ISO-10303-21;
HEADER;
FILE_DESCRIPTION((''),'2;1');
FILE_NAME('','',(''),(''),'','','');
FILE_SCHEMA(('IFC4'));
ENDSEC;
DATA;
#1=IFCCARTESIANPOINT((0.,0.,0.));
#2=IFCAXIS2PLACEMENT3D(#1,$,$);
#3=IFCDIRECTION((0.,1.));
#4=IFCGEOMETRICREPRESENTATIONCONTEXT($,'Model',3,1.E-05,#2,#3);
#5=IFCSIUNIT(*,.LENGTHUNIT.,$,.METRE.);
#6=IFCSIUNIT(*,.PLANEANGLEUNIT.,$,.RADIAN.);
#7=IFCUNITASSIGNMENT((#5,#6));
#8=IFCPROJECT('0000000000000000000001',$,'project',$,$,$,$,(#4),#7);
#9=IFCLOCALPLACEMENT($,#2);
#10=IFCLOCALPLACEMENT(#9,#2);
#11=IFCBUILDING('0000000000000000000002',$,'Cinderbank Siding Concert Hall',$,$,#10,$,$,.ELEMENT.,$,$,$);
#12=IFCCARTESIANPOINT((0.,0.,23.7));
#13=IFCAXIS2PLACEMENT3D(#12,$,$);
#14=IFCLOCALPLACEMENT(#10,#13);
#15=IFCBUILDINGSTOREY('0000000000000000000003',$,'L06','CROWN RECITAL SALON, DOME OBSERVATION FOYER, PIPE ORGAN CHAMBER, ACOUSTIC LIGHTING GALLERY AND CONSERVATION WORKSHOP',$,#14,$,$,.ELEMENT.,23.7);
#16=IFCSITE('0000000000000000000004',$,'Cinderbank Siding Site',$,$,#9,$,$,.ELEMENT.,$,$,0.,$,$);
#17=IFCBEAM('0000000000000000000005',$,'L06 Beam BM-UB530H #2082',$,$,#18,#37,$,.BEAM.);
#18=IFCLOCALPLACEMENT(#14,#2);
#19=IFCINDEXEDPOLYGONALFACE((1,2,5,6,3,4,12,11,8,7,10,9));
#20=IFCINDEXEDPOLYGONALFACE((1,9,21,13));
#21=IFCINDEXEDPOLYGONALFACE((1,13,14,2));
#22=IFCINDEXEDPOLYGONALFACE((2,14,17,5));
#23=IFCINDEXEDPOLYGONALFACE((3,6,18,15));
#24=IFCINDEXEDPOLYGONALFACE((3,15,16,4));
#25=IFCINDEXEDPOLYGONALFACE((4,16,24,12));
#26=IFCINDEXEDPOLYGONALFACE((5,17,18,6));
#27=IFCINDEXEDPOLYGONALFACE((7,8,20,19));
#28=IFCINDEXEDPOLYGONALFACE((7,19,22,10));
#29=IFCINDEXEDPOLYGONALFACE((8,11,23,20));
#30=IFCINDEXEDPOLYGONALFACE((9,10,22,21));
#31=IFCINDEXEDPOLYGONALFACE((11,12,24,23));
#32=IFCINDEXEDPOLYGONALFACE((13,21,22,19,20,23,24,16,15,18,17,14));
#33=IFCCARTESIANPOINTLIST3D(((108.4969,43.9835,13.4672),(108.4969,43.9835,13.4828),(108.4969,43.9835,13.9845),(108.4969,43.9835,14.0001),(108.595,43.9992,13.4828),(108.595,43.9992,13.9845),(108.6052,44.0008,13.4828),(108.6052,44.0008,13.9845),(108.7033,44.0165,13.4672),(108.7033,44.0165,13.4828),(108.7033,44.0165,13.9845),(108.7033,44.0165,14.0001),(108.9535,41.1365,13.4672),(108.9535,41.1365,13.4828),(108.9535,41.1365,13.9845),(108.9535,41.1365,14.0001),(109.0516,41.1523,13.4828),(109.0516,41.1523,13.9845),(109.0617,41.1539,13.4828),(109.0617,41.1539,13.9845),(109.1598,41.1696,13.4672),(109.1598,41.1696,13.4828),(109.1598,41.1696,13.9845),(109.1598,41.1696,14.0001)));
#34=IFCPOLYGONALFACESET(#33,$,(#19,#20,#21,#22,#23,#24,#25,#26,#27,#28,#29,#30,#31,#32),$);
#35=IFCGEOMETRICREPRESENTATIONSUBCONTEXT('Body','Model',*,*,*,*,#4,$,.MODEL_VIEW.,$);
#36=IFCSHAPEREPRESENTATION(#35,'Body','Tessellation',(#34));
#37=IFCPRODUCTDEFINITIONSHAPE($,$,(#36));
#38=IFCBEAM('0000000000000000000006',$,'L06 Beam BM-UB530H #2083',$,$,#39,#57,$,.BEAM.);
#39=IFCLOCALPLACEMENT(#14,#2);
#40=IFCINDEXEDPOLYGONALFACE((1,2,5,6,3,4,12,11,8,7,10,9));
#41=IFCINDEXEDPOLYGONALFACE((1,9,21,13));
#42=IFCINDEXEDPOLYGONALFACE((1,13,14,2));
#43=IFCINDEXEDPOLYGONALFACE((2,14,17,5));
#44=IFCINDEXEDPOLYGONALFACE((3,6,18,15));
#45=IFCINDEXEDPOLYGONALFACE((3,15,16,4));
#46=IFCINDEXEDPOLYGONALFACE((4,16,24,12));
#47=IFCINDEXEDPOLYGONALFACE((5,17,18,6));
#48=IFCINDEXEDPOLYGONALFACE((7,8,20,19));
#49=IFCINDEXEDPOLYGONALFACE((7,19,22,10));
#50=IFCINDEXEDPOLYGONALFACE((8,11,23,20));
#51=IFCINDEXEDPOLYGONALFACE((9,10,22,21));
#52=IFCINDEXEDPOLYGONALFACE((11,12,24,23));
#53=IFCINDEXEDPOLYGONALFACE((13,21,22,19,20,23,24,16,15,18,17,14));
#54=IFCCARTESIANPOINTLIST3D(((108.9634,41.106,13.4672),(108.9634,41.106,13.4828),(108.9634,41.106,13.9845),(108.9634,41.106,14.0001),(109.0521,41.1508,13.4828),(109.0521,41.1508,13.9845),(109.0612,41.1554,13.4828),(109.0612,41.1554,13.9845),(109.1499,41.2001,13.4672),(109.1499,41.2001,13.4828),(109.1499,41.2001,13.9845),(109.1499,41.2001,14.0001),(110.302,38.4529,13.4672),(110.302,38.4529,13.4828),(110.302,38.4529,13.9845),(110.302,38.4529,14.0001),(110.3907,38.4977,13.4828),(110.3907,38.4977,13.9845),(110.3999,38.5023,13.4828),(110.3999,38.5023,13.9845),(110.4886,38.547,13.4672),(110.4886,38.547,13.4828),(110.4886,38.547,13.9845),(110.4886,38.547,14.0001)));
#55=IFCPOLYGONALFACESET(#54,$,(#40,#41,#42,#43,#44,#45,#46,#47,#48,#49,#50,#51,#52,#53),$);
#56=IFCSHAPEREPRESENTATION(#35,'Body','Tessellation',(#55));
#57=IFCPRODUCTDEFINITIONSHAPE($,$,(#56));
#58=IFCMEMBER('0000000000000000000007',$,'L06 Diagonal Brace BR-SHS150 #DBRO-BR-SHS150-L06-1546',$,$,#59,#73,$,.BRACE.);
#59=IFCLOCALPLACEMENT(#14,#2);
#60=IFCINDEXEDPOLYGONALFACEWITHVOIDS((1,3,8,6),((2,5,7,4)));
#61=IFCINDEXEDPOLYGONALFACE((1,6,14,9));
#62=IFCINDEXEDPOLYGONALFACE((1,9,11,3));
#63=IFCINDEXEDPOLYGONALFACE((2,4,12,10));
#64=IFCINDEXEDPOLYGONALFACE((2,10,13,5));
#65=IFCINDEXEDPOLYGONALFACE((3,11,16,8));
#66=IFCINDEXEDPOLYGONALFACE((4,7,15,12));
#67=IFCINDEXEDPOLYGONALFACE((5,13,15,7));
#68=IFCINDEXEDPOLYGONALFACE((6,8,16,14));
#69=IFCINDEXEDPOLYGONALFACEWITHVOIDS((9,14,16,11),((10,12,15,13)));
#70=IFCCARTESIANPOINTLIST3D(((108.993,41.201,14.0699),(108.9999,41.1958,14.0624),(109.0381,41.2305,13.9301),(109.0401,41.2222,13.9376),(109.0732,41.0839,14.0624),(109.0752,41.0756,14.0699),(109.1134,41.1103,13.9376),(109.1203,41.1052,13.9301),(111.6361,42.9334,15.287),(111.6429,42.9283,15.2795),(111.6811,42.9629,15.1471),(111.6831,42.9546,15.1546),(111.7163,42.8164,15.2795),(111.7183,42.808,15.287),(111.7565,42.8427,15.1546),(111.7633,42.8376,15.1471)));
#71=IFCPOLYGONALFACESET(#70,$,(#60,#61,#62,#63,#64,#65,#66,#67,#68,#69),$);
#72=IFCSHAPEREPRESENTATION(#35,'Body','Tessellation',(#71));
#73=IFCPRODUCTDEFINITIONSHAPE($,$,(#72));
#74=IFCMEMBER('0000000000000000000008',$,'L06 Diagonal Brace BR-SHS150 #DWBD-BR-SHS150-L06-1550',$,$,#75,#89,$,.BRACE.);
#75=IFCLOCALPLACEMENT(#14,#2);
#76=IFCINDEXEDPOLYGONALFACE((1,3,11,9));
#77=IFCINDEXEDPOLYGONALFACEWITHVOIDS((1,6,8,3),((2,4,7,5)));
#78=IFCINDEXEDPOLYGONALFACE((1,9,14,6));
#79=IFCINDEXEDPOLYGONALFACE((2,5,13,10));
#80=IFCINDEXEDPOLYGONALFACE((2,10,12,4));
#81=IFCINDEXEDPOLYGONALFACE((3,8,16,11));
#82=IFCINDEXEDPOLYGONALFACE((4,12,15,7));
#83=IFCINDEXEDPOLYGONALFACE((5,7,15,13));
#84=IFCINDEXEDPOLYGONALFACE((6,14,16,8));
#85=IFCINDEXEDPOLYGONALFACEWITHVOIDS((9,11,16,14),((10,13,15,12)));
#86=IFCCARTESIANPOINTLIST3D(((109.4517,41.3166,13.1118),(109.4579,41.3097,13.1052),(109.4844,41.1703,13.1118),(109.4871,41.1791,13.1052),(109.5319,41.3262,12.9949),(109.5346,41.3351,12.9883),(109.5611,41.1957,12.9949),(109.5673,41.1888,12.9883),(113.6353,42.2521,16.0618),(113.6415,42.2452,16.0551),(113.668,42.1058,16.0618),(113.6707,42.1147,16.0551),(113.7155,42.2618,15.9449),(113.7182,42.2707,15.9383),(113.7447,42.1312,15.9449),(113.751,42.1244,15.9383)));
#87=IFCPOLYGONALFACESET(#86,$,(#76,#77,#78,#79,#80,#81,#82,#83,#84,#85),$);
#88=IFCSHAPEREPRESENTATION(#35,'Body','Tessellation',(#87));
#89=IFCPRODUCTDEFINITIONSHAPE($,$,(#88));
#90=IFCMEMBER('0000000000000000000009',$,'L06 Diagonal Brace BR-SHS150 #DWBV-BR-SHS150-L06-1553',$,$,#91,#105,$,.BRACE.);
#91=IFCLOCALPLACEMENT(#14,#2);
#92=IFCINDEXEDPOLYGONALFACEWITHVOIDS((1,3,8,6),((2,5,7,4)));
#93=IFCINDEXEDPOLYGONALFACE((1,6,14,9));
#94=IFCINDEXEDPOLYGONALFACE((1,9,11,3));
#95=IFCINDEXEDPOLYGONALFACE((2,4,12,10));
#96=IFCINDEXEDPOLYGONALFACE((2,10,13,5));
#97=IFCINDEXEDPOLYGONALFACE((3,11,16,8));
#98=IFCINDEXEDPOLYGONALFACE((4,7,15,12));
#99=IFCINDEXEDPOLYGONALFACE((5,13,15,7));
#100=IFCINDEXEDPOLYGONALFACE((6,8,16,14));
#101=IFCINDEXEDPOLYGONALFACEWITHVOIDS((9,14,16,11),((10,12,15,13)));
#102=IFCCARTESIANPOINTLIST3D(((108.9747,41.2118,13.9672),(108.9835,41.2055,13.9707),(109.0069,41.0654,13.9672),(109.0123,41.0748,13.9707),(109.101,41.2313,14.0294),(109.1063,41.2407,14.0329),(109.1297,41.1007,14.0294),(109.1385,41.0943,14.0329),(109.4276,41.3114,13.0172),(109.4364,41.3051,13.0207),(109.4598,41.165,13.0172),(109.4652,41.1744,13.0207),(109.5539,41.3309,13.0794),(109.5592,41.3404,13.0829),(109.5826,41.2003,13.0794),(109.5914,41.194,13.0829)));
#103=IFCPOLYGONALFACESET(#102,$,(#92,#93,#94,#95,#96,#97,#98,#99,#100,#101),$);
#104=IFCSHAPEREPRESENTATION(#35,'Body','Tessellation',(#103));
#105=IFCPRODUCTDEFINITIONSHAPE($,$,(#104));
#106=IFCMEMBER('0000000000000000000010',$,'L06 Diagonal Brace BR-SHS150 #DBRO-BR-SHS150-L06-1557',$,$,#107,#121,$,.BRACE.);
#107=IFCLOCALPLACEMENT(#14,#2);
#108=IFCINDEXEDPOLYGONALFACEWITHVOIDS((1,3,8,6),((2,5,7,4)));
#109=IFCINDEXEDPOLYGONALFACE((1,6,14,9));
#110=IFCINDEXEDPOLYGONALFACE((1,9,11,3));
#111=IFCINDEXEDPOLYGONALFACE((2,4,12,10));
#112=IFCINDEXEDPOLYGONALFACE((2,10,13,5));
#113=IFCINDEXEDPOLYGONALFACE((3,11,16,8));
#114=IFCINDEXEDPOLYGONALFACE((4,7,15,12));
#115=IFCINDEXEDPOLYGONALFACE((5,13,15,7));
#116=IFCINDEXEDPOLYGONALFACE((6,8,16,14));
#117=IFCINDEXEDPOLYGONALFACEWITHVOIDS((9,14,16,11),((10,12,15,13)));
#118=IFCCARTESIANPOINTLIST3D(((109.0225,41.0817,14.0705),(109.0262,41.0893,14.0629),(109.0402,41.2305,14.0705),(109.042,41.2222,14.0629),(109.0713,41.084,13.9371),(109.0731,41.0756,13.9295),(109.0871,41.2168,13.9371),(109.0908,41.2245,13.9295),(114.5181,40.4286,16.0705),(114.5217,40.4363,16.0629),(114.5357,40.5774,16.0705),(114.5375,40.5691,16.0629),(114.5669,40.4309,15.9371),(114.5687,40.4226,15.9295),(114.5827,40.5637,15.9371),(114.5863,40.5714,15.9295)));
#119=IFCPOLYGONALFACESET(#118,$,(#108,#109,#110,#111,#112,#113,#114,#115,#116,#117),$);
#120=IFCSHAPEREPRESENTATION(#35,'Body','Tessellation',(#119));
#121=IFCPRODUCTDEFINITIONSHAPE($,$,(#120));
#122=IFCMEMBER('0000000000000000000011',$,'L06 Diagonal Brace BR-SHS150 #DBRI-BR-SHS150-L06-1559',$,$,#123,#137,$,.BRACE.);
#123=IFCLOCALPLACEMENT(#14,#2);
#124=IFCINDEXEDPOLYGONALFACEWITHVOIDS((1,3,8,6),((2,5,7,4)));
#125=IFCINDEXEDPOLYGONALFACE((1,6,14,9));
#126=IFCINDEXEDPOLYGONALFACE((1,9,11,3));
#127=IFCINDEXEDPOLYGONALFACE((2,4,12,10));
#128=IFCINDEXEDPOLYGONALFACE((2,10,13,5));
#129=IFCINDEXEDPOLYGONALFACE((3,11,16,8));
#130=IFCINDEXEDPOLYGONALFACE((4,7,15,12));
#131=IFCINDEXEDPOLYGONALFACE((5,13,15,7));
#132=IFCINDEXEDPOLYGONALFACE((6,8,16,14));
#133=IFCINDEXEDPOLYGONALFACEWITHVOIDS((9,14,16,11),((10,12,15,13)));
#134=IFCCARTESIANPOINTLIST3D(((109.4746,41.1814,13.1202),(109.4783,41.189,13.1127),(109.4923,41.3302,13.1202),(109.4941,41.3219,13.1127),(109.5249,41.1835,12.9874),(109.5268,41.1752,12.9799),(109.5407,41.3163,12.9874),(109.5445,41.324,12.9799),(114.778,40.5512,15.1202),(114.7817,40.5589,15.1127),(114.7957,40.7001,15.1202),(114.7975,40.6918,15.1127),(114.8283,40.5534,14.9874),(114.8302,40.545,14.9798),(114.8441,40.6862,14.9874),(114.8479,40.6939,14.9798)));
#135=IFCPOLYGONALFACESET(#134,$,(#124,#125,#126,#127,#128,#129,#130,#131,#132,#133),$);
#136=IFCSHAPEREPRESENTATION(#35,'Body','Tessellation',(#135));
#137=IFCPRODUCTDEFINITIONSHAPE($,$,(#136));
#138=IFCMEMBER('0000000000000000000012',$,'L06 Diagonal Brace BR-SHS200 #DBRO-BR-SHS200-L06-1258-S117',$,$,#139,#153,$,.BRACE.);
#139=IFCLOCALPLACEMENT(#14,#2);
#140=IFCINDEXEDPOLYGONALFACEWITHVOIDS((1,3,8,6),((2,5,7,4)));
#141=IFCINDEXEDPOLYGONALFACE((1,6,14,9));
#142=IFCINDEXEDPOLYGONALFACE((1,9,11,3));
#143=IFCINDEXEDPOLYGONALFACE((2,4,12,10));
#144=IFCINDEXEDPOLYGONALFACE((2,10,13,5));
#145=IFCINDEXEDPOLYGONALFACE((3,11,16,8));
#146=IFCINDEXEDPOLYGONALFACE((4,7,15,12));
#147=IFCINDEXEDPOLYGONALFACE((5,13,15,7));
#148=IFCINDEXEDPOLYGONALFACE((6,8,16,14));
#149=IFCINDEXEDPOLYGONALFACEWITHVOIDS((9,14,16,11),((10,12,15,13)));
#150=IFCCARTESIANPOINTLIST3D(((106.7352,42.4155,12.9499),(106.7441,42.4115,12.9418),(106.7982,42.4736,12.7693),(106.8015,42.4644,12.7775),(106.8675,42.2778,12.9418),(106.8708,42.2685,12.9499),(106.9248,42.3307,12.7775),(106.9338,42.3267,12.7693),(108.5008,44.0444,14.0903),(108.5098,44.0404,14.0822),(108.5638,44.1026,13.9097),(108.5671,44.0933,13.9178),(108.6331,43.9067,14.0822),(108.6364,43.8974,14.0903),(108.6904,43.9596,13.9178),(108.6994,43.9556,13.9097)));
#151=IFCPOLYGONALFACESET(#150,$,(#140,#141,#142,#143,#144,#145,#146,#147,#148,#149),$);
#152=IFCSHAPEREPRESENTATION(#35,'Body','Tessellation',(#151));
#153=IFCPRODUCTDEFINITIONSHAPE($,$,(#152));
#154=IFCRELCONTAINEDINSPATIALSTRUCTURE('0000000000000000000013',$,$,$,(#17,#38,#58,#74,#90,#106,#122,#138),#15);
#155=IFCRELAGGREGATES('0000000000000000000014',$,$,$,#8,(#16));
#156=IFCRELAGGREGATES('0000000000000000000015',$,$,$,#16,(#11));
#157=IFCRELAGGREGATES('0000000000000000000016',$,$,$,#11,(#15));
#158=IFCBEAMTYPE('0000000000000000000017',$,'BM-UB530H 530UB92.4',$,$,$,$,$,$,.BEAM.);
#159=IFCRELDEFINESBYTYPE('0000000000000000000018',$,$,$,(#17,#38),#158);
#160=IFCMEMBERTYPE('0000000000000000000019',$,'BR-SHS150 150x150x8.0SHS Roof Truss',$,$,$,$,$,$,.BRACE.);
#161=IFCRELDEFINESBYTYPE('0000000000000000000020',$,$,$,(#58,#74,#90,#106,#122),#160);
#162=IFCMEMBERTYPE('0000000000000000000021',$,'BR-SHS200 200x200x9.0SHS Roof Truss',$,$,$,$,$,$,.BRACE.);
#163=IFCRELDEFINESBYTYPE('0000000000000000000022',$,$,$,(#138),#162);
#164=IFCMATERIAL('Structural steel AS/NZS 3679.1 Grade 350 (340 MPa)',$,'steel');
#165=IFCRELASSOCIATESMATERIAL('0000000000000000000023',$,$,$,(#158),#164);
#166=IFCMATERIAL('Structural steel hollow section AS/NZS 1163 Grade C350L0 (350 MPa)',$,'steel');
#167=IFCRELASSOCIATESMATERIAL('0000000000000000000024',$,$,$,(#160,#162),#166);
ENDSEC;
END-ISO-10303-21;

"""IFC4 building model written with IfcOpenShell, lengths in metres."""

from ifc_helpers import new_model, si_unit, direction, frame, origin, origin_2d, place, context, subcontext, project, spatial, hollow_rectangle, i_section, extrude, material, material_profile, profile_set, type_object, element, save


model = new_model("IFC4")

# Units and contexts
model_context = context("Model", 3, precision=1e-05, world=origin(), true_north=direction((0.0, 1.0)))
body_context = subcontext(model_context, "Body", "Model", "MODEL_VIEW")
ifc_project = project(units=[si_unit("LENGTHUNIT", "METRE"), si_unit("PLANEANGLEUNIT", "RADIAN")], contexts=[model_context])

# Site, building, storey
site_placement = place(None, origin())
site = spatial("IfcSite", under=ifc_project, at=site_placement, Name="Cinderbank Siding Site", CompositionType="ELEMENT", RefElevation=0.0)
building_placement = place(site_placement, origin())
building = spatial("IfcBuilding", under=site, at=building_placement, Name="Cinderbank Siding Concert Hall", CompositionType="ELEMENT")
storey_placement = place(building_placement, frame((0.0, 0.0, 23.7)))
storey = spatial("IfcBuildingStorey", under=building, at=storey_placement, Name="L06", Description="CROWN RECITAL SALON, DOME OBSERVATION FOYER, PIPE ORGAN CHAMBER, ACOUSTIC LIGHTING GALLERY AND CONSERVATION WORKSHOP", CompositionType="ELEMENT", Elevation=23.7)

# Beams
ifc_material_1 = material(Name="Structural steel AS/NZS 3679.1 Grade 350 (340 MPa)", Category="steel")
ifc_material_profile_1 = material_profile(ifc_material_1, i_section(OverallWidth=0.209, OverallDepth=0.533, WebThickness=0.0103, FlangeThickness=0.0156, at=origin_2d()), Name="530UB92.4", Category="LoadBearing")
ifc_profile_set_1 = profile_set([ifc_material_profile_1], Name="Structural steel AS/NZS 3679.1 Grade 350 (340 MPa)")
beam_type = type_object("IfcBeamType", Name="BM-UB530H 530UB92.4", PredefinedType="BEAM", material=ifc_profile_set_1)
beam_1_placement = place(storey_placement, frame((108.6001, 44.0, 13.7336), z_axis=(0.158341, -0.987385, 0.0), x_axis=(0.987385, 0.158341, 0.0)))
element("IfcBeam", 1, at=beam_1_placement, inside=storey, type_object=beam_type, Name="L06 Beam BM-UB530H #2082", PredefinedType="BEAM", context=body_context, shape_type="SweptSolid", body=[
    extrude(i_section(OverallWidth=0.209, OverallDepth=0.533, WebThickness=0.0103, FlangeThickness=0.0156, at=origin_2d()), origin(), (0.0, 0.0, 1.0), 2.8833),
])
beam_2_placement = place(storey_placement, frame((109.0566, 41.1531, 13.7336), z_axis=(0.450464, -0.892795, 0.0), x_axis=(0.892795, 0.450464, 0.0)))
element("IfcBeam", 2, at=beam_2_placement, inside=storey, type_object=beam_type, Name="L06 Beam BM-UB530H #2083", PredefinedType="BEAM", context=body_context, shape_type="SweptSolid", body=[
    extrude(i_section(OverallWidth=0.209, OverallDepth=0.533, WebThickness=0.0103, FlangeThickness=0.0156, at=origin_2d()), origin(), (0.0, 0.0, 1.0), 2.9717),
])

# Members
ifc_material_2 = material(Name="Structural steel hollow section AS/NZS 1163 Grade C350L0 (350 MPa)", Category="steel")
ifc_material_profile_2 = material_profile(ifc_material_2, hollow_rectangle(XDim=0.1499, YDim=0.1499, WallThickness=0.0081, at=origin_2d()), Name="150x150x8.0SHS", Category="LoadBearing")
ifc_profile_set_2 = profile_set([ifc_material_profile_2], Name="Structural steel hollow section AS/NZS 1163 Grade C350L0 (350 MPa)")
member_type_1 = type_object("IfcMemberType", Name="BR-SHS150 150x150x8.0SHS Roof Truss", PredefinedType="BRACE", material=ifc_profile_set_2)
member_1_placement = place(storey_placement, frame((109.0566, 41.1531, 14.0), z_axis=(0.780475, 0.511569, 0.359382), x_axis=(-0.548194, 0.836351, 0.0)))
element("IfcMember", 3, at=member_1_placement, inside=storey, type_object=member_type_1, Name="L06 Diagonal Brace BR-SHS150 #DBRO-BR-SHS150-L06-1546", PredefinedType="BRACE", context=body_context, shape_type="SweptSolid", body=[
    extrude(hollow_rectangle(XDim=0.1499, YDim=0.1499, WallThickness=0.0081, at=origin_2d()), origin(), (0.0, 0.0, 1.0), 3.3865),
])
member_2_placement = place(storey_placement, frame((109.5095, 41.2527, 13.05), z_axis=(0.803944, 0.17978, 0.56688), x_axis=(-0.218233, 0.975897, 0.0)))
element("IfcMember", 4, at=member_2_placement, inside=storey, type_object=member_type_1, Name="L06 Diagonal Brace BR-SHS150 #DWBD-BR-SHS150-L06-1550", PredefinedType="BRACE", context=body_context, shape_type="SweptSolid", body=[
    extrude(hollow_rectangle(XDim=0.1499, YDim=0.1499, WallThickness=0.0081, at=origin_2d()), origin(), (0.0, 0.0, 1.0), 5.2039),
])
member_3_placement = place(storey_placement, frame((109.5095, 41.2527, 13.05), z_axis=(-0.428424, -0.09423, 0.898651), x_axis=(0.214812, -0.976656, 0.0)))
element("IfcMember", 5, at=member_3_placement, inside=storey, type_object=member_type_1, Name="L06 Diagonal Brace BR-SHS150 #DWBV-BR-SHS150-L06-1553", PredefinedType="BRACE", context=body_context, shape_type="SweptSolid", body=[
    extrude(hollow_rectangle(XDim=0.1499, YDim=0.1499, WallThickness=0.0081, at=origin_2d()), origin(), (0.0, 0.0, 1.0), 1.0571),
])
member_4_placement = place(storey_placement, frame((109.0566, 41.1531, 14.0), z_axis=(0.933901, -0.110981, 0.339872), x_axis=(0.118006, 0.993013, 0.0)))
element("IfcMember", 6, at=member_4_placement, inside=storey, type_object=member_type_1, Name="L06 Diagonal Brace BR-SHS150 #DBRO-BR-SHS150-L06-1557", PredefinedType="BRACE", context=body_context, shape_type="SweptSolid", body=[
    extrude(hollow_rectangle(XDim=0.1499, YDim=0.1499, WallThickness=0.0081, at=origin_2d()), origin(), (0.0, 0.0, 1.0), 5.8845),
])
member_5_placement = place(storey_placement, frame((109.5095, 41.2527, 13.05), z_axis=(0.929949, -0.110491, 0.350695), x_axis=(0.117984, 0.993015, 0.0)))
element("IfcMember", 7, at=member_5_placement, inside=storey, type_object=member_type_1, Name="L06 Diagonal Brace BR-SHS150 #DBRI-BR-SHS150-L06-1559", PredefinedType="BRACE", context=body_context, shape_type="SweptSolid", body=[
    extrude(hollow_rectangle(XDim=0.1499, YDim=0.1499, WallThickness=0.0081, at=origin_2d()), origin(), (0.0, 0.0, 1.0), 5.7029),
])
ifc_material_profile_3 = material_profile(ifc_material_2, hollow_rectangle(XDim=0.2, YDim=0.2, WallThickness=0.009, at=origin_2d()), Name="200x200x9.0SHS", Category="LoadBearing")
ifc_profile_set_3 = profile_set([ifc_material_profile_3], Name="Structural steel hollow section AS/NZS 1163 Grade C350L0 (350 MPa)")
member_type_2 = type_object("IfcMemberType", Name="BR-SHS200 200x200x9.0SHS Roof Truss", PredefinedType="BRACE", material=ifc_profile_set_3)
member_6_placement = place(storey_placement, frame((106.8345, 42.3711, 12.8596), z_axis=(0.663974, 0.61256, 0.428847), x_axis=(-0.678077, 0.73499, 0.0)))
element("IfcMember", 8, at=member_6_placement, inside=storey, type_object=member_type_2, Name="L06 Diagonal Brace BR-SHS200 #DBRO-BR-SHS200-L06-1258-S117", PredefinedType="BRACE", context=body_context, shape_type="SweptSolid", body=[
    extrude(hollow_rectangle(XDim=0.2, YDim=0.2, WallThickness=0.009, at=origin_2d()), origin(), (0.0, 0.0, 1.0), 2.6592),
])

save(model, "model.ifc")
